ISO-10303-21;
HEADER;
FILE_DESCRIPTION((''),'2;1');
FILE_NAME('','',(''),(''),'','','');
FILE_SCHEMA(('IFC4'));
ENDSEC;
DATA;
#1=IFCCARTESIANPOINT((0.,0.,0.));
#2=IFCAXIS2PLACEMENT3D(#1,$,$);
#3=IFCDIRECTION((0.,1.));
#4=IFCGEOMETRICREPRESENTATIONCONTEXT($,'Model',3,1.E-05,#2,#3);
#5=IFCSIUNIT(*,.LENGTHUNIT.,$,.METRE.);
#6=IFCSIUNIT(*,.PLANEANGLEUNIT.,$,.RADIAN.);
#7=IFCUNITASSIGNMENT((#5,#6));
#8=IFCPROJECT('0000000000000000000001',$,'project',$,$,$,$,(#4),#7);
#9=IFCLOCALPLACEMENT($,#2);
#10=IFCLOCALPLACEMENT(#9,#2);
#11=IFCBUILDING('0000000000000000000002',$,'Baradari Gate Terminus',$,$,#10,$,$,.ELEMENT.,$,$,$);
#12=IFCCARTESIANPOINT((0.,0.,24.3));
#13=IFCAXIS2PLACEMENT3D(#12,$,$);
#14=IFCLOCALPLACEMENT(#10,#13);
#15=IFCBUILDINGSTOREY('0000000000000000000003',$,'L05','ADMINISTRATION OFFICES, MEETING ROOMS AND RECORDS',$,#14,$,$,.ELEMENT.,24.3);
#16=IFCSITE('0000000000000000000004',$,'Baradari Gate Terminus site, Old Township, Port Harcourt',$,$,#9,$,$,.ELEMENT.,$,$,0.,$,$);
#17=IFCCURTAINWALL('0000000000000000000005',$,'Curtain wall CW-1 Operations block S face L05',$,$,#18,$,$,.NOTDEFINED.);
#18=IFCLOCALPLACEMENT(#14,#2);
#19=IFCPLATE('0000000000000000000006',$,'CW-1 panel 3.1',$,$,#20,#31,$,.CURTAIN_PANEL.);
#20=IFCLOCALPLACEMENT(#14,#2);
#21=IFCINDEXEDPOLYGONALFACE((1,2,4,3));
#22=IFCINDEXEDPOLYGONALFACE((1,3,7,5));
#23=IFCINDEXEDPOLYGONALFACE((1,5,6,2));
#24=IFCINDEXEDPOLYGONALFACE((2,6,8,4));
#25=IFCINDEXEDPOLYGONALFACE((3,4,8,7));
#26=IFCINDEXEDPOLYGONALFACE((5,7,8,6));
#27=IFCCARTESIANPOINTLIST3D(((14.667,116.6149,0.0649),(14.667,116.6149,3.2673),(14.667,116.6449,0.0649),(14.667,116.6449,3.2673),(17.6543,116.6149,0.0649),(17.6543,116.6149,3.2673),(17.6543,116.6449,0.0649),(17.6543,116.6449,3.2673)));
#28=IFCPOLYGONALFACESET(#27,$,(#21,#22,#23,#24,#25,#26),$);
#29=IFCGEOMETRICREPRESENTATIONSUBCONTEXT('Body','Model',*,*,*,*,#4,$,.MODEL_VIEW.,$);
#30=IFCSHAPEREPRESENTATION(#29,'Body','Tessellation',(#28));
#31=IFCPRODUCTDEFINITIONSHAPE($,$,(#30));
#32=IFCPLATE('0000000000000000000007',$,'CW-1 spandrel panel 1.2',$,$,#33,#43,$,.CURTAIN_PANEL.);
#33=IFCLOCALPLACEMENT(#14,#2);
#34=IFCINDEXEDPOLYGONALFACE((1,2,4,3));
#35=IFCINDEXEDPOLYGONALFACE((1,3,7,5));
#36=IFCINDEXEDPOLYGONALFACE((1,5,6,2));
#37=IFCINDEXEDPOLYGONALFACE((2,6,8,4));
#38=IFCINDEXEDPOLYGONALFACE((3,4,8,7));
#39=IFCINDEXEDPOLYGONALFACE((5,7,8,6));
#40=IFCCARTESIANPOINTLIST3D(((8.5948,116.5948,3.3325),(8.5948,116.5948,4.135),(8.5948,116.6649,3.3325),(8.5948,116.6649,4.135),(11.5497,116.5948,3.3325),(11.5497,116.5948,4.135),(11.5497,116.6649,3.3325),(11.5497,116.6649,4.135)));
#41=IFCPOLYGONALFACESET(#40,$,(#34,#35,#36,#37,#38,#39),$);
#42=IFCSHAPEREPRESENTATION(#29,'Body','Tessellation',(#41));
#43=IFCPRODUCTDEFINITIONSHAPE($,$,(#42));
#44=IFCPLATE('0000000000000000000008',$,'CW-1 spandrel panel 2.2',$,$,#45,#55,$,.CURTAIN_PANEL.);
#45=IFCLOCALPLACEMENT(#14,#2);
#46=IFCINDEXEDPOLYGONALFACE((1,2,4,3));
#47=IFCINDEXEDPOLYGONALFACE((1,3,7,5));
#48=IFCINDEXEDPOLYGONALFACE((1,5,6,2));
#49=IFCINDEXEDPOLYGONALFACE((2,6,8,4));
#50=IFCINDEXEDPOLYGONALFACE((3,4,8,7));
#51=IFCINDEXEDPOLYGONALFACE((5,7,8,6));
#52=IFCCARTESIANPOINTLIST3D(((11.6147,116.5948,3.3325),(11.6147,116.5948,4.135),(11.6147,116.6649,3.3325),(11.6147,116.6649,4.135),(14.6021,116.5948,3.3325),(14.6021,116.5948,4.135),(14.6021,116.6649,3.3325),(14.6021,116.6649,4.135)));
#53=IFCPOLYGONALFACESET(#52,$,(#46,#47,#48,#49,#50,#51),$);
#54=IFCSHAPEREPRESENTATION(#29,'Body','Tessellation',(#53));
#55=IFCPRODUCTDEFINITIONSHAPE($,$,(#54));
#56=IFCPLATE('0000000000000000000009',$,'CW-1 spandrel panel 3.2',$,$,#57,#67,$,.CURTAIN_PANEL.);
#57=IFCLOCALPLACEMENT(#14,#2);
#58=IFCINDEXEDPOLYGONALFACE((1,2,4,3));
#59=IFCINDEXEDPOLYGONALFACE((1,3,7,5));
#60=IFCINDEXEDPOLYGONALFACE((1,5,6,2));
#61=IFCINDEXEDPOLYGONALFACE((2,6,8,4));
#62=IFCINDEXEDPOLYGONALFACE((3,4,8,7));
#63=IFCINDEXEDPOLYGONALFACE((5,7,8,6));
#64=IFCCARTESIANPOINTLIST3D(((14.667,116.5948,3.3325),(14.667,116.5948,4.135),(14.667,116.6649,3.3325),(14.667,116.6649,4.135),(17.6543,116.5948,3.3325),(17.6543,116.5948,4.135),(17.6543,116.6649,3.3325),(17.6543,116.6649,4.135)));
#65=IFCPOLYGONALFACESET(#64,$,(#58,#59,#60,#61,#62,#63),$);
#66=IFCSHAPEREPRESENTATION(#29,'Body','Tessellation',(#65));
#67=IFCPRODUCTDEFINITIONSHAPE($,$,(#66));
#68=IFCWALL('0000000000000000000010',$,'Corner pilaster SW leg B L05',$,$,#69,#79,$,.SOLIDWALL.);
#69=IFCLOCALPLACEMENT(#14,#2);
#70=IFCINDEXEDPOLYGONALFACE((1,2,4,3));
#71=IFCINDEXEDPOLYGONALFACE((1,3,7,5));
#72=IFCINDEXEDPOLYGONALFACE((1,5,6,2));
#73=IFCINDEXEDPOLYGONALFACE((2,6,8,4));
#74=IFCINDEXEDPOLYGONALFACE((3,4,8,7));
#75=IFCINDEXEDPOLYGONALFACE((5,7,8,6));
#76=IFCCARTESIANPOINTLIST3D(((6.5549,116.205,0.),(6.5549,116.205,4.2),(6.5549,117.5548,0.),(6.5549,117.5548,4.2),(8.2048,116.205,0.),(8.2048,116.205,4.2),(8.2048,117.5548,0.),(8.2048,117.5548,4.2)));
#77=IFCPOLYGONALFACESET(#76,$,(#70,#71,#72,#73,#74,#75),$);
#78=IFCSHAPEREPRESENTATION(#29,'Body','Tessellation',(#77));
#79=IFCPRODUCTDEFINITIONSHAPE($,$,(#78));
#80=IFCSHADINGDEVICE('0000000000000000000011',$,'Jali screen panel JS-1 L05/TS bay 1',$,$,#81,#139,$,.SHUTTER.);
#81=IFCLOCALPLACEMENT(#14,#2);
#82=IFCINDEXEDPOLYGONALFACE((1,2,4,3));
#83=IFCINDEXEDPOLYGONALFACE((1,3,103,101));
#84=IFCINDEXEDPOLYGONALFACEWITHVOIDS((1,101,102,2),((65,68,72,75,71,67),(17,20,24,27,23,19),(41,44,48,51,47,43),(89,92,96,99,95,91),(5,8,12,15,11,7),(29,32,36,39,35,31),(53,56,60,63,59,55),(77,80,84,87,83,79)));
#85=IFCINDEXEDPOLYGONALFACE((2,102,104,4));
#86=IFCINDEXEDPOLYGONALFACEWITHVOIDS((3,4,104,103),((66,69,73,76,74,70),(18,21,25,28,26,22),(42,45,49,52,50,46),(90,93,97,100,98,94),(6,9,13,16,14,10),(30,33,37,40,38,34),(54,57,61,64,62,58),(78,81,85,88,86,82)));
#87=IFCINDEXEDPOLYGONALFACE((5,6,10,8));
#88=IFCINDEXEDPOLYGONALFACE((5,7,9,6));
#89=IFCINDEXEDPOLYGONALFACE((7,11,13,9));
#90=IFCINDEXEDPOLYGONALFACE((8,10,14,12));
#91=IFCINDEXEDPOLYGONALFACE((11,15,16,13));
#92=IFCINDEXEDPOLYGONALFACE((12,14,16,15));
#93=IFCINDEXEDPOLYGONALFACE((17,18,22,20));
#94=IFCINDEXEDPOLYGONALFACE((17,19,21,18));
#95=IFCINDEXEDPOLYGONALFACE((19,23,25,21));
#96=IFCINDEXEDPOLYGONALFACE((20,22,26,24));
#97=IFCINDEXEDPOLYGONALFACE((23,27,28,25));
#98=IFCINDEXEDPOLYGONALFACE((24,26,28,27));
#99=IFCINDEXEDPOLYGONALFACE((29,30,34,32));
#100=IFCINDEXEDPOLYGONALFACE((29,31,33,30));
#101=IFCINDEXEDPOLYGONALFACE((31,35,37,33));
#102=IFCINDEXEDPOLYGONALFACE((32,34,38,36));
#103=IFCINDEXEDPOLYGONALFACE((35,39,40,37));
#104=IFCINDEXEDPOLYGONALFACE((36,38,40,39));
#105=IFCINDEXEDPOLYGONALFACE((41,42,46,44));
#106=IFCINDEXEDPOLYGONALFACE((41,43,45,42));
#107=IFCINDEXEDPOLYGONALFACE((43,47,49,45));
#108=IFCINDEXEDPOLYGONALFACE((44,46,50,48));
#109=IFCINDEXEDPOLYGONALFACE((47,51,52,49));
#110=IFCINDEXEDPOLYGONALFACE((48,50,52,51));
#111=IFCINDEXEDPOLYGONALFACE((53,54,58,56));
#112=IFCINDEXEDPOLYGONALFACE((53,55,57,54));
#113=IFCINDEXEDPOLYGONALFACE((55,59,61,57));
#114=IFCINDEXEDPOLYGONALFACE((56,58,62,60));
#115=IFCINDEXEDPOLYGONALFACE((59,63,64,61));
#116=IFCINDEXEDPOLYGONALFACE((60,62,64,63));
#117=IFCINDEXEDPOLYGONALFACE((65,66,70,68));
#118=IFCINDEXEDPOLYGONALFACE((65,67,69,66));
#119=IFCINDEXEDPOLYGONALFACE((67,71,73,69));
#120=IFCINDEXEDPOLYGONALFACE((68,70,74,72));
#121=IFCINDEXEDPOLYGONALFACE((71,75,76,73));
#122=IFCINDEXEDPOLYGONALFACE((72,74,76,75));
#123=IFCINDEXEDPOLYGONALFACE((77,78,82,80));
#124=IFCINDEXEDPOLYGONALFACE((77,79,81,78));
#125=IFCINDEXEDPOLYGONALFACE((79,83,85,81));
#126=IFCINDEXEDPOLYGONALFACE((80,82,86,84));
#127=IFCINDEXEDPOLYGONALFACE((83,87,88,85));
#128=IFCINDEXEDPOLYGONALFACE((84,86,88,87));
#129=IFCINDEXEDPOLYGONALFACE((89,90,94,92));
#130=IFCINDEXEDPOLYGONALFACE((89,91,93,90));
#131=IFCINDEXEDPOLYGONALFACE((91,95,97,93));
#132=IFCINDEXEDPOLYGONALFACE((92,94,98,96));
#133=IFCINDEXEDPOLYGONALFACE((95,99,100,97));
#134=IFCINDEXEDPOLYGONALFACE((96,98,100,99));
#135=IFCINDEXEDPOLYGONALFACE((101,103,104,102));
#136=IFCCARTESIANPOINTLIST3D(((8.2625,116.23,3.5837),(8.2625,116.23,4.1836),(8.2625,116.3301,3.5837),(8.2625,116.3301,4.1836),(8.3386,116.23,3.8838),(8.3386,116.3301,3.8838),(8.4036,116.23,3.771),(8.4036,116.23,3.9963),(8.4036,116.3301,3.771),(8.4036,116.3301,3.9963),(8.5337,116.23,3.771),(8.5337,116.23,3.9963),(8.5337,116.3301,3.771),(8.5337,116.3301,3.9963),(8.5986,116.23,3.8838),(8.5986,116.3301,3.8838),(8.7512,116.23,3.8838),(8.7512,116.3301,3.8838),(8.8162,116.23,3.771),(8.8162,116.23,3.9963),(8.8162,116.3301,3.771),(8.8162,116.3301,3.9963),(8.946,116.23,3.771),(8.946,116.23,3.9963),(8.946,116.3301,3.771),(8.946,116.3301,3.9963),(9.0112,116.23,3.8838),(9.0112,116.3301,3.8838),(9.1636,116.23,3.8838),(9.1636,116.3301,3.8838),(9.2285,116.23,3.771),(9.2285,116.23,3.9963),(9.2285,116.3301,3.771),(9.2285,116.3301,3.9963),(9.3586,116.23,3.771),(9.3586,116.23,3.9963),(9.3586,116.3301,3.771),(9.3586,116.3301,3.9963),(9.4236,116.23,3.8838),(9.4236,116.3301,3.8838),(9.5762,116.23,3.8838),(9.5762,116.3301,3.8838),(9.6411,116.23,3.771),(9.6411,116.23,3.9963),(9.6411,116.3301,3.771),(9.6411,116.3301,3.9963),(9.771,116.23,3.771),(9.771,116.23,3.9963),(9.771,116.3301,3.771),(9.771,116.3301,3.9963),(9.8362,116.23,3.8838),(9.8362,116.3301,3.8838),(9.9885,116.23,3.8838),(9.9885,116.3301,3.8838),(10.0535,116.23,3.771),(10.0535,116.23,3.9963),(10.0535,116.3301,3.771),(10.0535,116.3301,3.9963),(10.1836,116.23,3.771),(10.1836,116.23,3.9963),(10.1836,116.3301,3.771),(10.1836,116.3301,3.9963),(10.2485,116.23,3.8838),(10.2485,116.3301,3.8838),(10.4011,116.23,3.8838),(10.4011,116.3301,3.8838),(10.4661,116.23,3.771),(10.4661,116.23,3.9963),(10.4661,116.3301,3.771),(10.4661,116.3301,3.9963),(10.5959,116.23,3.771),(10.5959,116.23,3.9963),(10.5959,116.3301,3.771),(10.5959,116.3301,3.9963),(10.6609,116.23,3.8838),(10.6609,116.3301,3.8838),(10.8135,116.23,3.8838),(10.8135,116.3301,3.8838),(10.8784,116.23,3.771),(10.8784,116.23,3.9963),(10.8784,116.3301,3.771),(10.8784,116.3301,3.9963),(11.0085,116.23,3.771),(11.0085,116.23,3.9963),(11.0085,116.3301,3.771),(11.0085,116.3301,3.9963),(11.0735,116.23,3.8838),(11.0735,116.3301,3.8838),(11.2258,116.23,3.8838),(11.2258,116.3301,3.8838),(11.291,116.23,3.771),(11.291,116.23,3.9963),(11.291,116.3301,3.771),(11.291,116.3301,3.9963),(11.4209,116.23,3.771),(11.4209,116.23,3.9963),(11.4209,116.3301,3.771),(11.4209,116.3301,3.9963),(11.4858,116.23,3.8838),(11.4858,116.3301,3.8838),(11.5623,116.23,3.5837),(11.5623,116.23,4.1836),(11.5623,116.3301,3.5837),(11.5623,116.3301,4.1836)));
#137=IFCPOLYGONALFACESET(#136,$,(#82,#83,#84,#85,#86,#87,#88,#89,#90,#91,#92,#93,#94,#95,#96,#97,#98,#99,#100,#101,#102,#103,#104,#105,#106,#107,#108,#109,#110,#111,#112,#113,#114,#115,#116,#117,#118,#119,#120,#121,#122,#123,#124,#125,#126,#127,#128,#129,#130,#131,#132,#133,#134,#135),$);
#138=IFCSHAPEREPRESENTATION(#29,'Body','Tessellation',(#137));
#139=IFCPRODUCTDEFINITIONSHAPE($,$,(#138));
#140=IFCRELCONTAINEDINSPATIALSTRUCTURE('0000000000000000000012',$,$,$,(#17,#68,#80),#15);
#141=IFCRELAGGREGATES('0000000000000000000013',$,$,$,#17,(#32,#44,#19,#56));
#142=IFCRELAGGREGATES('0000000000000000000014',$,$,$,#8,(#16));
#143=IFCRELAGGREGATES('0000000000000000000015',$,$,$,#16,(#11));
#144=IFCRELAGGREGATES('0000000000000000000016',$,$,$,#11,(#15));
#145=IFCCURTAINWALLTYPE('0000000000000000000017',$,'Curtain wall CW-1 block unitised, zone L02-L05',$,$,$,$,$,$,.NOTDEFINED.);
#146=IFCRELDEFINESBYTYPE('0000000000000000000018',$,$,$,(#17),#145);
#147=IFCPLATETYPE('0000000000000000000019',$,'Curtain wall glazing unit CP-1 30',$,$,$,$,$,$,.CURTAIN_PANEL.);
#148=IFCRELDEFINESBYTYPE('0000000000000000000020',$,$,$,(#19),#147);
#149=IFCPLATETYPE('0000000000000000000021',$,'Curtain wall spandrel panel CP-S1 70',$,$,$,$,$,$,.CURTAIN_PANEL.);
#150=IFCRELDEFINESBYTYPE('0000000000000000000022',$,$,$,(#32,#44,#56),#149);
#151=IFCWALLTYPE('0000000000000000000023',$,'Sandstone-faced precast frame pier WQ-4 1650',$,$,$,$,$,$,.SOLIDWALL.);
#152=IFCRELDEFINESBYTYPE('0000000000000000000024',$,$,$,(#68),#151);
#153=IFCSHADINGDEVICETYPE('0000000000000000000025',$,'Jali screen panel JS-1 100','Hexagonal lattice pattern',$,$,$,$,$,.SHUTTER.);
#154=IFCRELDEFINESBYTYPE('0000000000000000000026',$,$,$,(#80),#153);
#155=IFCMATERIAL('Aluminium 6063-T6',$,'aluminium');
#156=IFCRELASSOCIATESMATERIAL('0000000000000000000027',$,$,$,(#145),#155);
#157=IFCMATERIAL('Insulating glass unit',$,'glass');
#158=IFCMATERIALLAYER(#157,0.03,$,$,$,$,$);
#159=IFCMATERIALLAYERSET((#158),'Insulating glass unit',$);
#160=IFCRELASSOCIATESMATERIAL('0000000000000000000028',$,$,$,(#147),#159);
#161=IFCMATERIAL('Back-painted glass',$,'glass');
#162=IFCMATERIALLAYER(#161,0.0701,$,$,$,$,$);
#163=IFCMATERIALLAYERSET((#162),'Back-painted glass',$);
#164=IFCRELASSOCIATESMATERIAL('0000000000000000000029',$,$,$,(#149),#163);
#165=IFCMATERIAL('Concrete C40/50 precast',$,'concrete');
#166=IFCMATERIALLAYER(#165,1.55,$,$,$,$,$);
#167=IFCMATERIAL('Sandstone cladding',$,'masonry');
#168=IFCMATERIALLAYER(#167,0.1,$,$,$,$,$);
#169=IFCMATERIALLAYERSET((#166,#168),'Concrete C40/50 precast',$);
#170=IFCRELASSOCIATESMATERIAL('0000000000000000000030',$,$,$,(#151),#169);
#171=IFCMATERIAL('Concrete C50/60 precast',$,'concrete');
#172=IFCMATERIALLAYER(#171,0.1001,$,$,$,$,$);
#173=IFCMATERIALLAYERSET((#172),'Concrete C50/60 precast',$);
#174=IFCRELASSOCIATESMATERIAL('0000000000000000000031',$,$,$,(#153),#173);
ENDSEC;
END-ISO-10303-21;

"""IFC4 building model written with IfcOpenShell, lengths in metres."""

from ifc_helpers import new_model, si_unit, direction, frame, frame_2d, origin, origin_2d, place, context, subcontext, project, spatial, polyline, rectangle, outline, extrude, material, layer, layer_set, type_object, element, aggregate, save


model = new_model("IFC4")

# Units and contexts
model_context = context("Model", 3, precision=1e-05, world=origin(), true_north=direction((0.0, 1.0)))
body_context = subcontext(model_context, "Body", "Model", "MODEL_VIEW")
ifc_project = project(units=[si_unit("LENGTHUNIT", "METRE"), si_unit("PLANEANGLEUNIT", "RADIAN")], contexts=[model_context])

# Site, building, storey
site_placement = place(None, origin())
site = spatial("IfcSite", under=ifc_project, at=site_placement, Name="Baradari Gate Terminus site, Old Township, Port Harcourt", CompositionType="ELEMENT", RefElevation=0.0)
building_placement = place(site_placement, origin())
building = spatial("IfcBuilding", under=site, at=building_placement, Name="Baradari Gate Terminus", CompositionType="ELEMENT")
storey_placement = place(building_placement, frame((0.0, 0.0, 24.3)))
storey = spatial("IfcBuildingStorey", under=building, at=storey_placement, Name="L05", Description="ADMINISTRATION OFFICES, MEETING ROOMS AND RECORDS", CompositionType="ELEMENT", Elevation=24.3)

# Curtain wall, plates
ifc_material_1 = material(Name="Aluminium 6063-T6", Category="aluminium")
curtain_wall_type = type_object("IfcCurtainWallType", Name="Curtain wall CW-1 block unitised, zone L02-L05", PredefinedType="NOTDEFINED", material=ifc_material_1)
curtain_wall_placement = place(storey_placement, origin())
curtain_wall = element("IfcCurtainWall", 1, at=curtain_wall_placement, inside=storey, type_object=curtain_wall_type, Name="Curtain wall CW-1 Operations block S face L05", PredefinedType="NOTDEFINED")
ifc_material_2 = material(Name="Insulating glass unit", Category="glass")
ifc_layer_1 = layer(ifc_material_2, 0.03)
ifc_layer_set_1 = layer_set([ifc_layer_1], Name="Insulating glass unit")
plate_type_1 = type_object("IfcPlateType", Name="Curtain wall glazing unit CP-1 30", PredefinedType="CURTAIN_PANEL", material=ifc_layer_set_1)
plate_1_placement = place(storey_placement, frame((16.1606, 116.6299, 0.0649), z_axis=(0.0, 0.0, 1.0), x_axis=(1.0, 0.0, 0.0)))
plate_1 = element("IfcPlate", 2, at=plate_1_placement, type_object=plate_type_1, Name="CW-1 panel 3.1", PredefinedType="CURTAIN_PANEL", context=body_context, shape_type="SweptSolid", body=[
    extrude(rectangle(XDim=2.9873, YDim=0.03, at=origin_2d()), origin(), (0.0, 0.0, 1.0), 3.2024),
])
ifc_material_3 = material(Name="Back-painted glass", Category="glass")
ifc_layer_2 = layer(ifc_material_3, 0.0701)
ifc_layer_set_2 = layer_set([ifc_layer_2], Name="Back-painted glass")
plate_type_2 = type_object("IfcPlateType", Name="Curtain wall spandrel panel CP-S1 70", PredefinedType="CURTAIN_PANEL", material=ifc_layer_set_2)
plate_2_placement = place(storey_placement, frame((10.0723, 116.6299, 3.3325), z_axis=(0.0, 0.0, 1.0), x_axis=(1.0, 0.0, 0.0)))
plate_2 = element("IfcPlate", 3, at=plate_2_placement, type_object=plate_type_2, Name="CW-1 spandrel panel 1.2", PredefinedType="CURTAIN_PANEL", context=body_context, shape_type="SweptSolid", body=[
    extrude(rectangle(XDim=2.9548, YDim=0.0701, at=origin_2d()), origin(), (0.0, 0.0, 1.0), 0.8025),
])
plate_3_placement = place(storey_placement, frame((13.1084, 116.6299, 3.3325), z_axis=(0.0, 0.0, 1.0), x_axis=(1.0, 0.0, 0.0)))
plate_3 = element("IfcPlate", 4, at=plate_3_placement, type_object=plate_type_2, Name="CW-1 spandrel panel 2.2", PredefinedType="CURTAIN_PANEL", context=body_context, shape_type="SweptSolid", body=[
    extrude(rectangle(XDim=2.9873, YDim=0.0701, at=origin_2d()), origin(), (0.0, 0.0, 1.0), 0.8025),
])
plate_4_placement = place(storey_placement, frame((16.1606, 116.6299, 3.3325), z_axis=(0.0, 0.0, 1.0), x_axis=(1.0, 0.0, 0.0)))
plate_4 = element("IfcPlate", 5, at=plate_4_placement, type_object=plate_type_2, Name="CW-1 spandrel panel 3.2", PredefinedType="CURTAIN_PANEL", context=body_context, shape_type="SweptSolid", body=[
    extrude(rectangle(XDim=2.9873, YDim=0.0701, at=origin_2d()), origin(), (0.0, 0.0, 1.0), 0.8025),
])
aggregate(curtain_wall, [plate_2, plate_3, plate_1, plate_4])

# Wall
ifc_material_4 = material(Name="Concrete C40/50 precast", Category="concrete")
ifc_layer_3 = layer(ifc_material_4, 1.55)
ifc_material_5 = material(Name="Sandstone cladding", Category="masonry")
ifc_layer_4 = layer(ifc_material_5, 0.1)
ifc_layer_set_3 = layer_set([ifc_layer_3, ifc_layer_4], Name="Concrete C40/50 precast")
wall_type = type_object("IfcWallType", Name="Sandstone-faced precast frame pier WQ-4 1650", PredefinedType="SOLIDWALL", material=ifc_layer_set_3)
wall_placement = place(storey_placement, frame((7.3799, 116.2051, 0.0), z_axis=(0.0, 0.0, 1.0), x_axis=(0.0, 1.0, 0.0)))
element("IfcWall", 6, at=wall_placement, inside=storey, type_object=wall_type, Name="Corner pilaster SW leg B L05", PredefinedType="SOLIDWALL", context=body_context, shape_type="SweptSolid", body=[
    extrude(rectangle(XDim=1.3499, YDim=1.6499, at=frame_2d((0.6748, 0.0))), origin(), (0.0, 0.0, 1.0), 4.2),
])

# Shading device
ifc_material_6 = material(Name="Concrete C50/60 precast", Category="concrete")
ifc_layer_5 = layer(ifc_material_6, 0.1001)
ifc_layer_set_4 = layer_set([ifc_layer_5], Name="Concrete C50/60 precast")
shading_device_type = type_object("IfcShadingDeviceType", Name="Jali screen panel JS-1 100", Description="Hexagonal lattice pattern", PredefinedType="SHUTTER", material=ifc_layer_set_4)
shading_device_1_placement = place(storey_placement, frame((8.2625, 116.28, 3.5837), z_axis=(0.0, 0.0, 1.0), x_axis=(1.0, 0.0, 0.0)))
element("IfcShadingDevice", 7, at=shading_device_1_placement, inside=storey, type_object=shading_device_type, Name="Jali screen panel JS-1 L05/TS bay 1", PredefinedType="SHUTTER", context=body_context, shape_type="SweptSolid", body=[
    extrude(outline(polyline([(0.0, 0.0), (3.2998, 0.0), (3.2998, 0.5999), (0.0, 0.5999), (0.0, 0.0)]), holes=[polyline([(0.3362, 0.3), (0.2712, 0.1873), (0.1411, 0.1873), (0.0762, 0.3), (0.1411, 0.4126), (0.2712, 0.4126), (0.3362, 0.3)]), polyline([(0.7488, 0.3), (0.6836, 0.1873), (0.5537, 0.1873), (0.4888, 0.3), (0.5537, 0.4126), (0.6836, 0.4126), (0.7488, 0.3)]), polyline([(1.1611, 0.3), (1.0962, 0.1873), (0.9661, 0.1873), (0.9011, 0.3), (0.9661, 0.4126), (1.0962, 0.4126), (1.1611, 0.3)]), polyline([(1.5737, 0.3), (1.5085, 0.1873), (1.3787, 0.1873), (1.3137, 0.3), (1.3787, 0.4126), (1.5085, 0.4126), (1.5737, 0.3)]), polyline([(1.9861, 0.3), (1.9211, 0.1873), (1.791, 0.1873), (1.7261, 0.3), (1.791, 0.4126), (1.9211, 0.4126), (1.9861, 0.3)]), polyline([(2.3984, 0.3), (2.3335, 0.1873), (2.2036, 0.1873), (2.1387, 0.3), (2.2036, 0.4126), (2.3335, 0.4126), (2.3984, 0.3)]), polyline([(2.811, 0.3), (2.7461, 0.1873), (2.616, 0.1873), (2.551, 0.3), (2.616, 0.4126), (2.7461, 0.4126), (2.811, 0.3)]), polyline([(3.2234, 0.3), (3.1584, 0.1873), (3.0286, 0.1873), (2.9634, 0.3), (3.0286, 0.4126), (3.1584, 0.4126), (3.2234, 0.3)])]), frame((0.0, 0.05, 0.0), z_axis=(0.0, -1.0, 0.0), x_axis=(1.0, 0.0, 0.0)), (0.0, 0.0, 1.0), 0.1001),
])

save(model, "model.ifc")
